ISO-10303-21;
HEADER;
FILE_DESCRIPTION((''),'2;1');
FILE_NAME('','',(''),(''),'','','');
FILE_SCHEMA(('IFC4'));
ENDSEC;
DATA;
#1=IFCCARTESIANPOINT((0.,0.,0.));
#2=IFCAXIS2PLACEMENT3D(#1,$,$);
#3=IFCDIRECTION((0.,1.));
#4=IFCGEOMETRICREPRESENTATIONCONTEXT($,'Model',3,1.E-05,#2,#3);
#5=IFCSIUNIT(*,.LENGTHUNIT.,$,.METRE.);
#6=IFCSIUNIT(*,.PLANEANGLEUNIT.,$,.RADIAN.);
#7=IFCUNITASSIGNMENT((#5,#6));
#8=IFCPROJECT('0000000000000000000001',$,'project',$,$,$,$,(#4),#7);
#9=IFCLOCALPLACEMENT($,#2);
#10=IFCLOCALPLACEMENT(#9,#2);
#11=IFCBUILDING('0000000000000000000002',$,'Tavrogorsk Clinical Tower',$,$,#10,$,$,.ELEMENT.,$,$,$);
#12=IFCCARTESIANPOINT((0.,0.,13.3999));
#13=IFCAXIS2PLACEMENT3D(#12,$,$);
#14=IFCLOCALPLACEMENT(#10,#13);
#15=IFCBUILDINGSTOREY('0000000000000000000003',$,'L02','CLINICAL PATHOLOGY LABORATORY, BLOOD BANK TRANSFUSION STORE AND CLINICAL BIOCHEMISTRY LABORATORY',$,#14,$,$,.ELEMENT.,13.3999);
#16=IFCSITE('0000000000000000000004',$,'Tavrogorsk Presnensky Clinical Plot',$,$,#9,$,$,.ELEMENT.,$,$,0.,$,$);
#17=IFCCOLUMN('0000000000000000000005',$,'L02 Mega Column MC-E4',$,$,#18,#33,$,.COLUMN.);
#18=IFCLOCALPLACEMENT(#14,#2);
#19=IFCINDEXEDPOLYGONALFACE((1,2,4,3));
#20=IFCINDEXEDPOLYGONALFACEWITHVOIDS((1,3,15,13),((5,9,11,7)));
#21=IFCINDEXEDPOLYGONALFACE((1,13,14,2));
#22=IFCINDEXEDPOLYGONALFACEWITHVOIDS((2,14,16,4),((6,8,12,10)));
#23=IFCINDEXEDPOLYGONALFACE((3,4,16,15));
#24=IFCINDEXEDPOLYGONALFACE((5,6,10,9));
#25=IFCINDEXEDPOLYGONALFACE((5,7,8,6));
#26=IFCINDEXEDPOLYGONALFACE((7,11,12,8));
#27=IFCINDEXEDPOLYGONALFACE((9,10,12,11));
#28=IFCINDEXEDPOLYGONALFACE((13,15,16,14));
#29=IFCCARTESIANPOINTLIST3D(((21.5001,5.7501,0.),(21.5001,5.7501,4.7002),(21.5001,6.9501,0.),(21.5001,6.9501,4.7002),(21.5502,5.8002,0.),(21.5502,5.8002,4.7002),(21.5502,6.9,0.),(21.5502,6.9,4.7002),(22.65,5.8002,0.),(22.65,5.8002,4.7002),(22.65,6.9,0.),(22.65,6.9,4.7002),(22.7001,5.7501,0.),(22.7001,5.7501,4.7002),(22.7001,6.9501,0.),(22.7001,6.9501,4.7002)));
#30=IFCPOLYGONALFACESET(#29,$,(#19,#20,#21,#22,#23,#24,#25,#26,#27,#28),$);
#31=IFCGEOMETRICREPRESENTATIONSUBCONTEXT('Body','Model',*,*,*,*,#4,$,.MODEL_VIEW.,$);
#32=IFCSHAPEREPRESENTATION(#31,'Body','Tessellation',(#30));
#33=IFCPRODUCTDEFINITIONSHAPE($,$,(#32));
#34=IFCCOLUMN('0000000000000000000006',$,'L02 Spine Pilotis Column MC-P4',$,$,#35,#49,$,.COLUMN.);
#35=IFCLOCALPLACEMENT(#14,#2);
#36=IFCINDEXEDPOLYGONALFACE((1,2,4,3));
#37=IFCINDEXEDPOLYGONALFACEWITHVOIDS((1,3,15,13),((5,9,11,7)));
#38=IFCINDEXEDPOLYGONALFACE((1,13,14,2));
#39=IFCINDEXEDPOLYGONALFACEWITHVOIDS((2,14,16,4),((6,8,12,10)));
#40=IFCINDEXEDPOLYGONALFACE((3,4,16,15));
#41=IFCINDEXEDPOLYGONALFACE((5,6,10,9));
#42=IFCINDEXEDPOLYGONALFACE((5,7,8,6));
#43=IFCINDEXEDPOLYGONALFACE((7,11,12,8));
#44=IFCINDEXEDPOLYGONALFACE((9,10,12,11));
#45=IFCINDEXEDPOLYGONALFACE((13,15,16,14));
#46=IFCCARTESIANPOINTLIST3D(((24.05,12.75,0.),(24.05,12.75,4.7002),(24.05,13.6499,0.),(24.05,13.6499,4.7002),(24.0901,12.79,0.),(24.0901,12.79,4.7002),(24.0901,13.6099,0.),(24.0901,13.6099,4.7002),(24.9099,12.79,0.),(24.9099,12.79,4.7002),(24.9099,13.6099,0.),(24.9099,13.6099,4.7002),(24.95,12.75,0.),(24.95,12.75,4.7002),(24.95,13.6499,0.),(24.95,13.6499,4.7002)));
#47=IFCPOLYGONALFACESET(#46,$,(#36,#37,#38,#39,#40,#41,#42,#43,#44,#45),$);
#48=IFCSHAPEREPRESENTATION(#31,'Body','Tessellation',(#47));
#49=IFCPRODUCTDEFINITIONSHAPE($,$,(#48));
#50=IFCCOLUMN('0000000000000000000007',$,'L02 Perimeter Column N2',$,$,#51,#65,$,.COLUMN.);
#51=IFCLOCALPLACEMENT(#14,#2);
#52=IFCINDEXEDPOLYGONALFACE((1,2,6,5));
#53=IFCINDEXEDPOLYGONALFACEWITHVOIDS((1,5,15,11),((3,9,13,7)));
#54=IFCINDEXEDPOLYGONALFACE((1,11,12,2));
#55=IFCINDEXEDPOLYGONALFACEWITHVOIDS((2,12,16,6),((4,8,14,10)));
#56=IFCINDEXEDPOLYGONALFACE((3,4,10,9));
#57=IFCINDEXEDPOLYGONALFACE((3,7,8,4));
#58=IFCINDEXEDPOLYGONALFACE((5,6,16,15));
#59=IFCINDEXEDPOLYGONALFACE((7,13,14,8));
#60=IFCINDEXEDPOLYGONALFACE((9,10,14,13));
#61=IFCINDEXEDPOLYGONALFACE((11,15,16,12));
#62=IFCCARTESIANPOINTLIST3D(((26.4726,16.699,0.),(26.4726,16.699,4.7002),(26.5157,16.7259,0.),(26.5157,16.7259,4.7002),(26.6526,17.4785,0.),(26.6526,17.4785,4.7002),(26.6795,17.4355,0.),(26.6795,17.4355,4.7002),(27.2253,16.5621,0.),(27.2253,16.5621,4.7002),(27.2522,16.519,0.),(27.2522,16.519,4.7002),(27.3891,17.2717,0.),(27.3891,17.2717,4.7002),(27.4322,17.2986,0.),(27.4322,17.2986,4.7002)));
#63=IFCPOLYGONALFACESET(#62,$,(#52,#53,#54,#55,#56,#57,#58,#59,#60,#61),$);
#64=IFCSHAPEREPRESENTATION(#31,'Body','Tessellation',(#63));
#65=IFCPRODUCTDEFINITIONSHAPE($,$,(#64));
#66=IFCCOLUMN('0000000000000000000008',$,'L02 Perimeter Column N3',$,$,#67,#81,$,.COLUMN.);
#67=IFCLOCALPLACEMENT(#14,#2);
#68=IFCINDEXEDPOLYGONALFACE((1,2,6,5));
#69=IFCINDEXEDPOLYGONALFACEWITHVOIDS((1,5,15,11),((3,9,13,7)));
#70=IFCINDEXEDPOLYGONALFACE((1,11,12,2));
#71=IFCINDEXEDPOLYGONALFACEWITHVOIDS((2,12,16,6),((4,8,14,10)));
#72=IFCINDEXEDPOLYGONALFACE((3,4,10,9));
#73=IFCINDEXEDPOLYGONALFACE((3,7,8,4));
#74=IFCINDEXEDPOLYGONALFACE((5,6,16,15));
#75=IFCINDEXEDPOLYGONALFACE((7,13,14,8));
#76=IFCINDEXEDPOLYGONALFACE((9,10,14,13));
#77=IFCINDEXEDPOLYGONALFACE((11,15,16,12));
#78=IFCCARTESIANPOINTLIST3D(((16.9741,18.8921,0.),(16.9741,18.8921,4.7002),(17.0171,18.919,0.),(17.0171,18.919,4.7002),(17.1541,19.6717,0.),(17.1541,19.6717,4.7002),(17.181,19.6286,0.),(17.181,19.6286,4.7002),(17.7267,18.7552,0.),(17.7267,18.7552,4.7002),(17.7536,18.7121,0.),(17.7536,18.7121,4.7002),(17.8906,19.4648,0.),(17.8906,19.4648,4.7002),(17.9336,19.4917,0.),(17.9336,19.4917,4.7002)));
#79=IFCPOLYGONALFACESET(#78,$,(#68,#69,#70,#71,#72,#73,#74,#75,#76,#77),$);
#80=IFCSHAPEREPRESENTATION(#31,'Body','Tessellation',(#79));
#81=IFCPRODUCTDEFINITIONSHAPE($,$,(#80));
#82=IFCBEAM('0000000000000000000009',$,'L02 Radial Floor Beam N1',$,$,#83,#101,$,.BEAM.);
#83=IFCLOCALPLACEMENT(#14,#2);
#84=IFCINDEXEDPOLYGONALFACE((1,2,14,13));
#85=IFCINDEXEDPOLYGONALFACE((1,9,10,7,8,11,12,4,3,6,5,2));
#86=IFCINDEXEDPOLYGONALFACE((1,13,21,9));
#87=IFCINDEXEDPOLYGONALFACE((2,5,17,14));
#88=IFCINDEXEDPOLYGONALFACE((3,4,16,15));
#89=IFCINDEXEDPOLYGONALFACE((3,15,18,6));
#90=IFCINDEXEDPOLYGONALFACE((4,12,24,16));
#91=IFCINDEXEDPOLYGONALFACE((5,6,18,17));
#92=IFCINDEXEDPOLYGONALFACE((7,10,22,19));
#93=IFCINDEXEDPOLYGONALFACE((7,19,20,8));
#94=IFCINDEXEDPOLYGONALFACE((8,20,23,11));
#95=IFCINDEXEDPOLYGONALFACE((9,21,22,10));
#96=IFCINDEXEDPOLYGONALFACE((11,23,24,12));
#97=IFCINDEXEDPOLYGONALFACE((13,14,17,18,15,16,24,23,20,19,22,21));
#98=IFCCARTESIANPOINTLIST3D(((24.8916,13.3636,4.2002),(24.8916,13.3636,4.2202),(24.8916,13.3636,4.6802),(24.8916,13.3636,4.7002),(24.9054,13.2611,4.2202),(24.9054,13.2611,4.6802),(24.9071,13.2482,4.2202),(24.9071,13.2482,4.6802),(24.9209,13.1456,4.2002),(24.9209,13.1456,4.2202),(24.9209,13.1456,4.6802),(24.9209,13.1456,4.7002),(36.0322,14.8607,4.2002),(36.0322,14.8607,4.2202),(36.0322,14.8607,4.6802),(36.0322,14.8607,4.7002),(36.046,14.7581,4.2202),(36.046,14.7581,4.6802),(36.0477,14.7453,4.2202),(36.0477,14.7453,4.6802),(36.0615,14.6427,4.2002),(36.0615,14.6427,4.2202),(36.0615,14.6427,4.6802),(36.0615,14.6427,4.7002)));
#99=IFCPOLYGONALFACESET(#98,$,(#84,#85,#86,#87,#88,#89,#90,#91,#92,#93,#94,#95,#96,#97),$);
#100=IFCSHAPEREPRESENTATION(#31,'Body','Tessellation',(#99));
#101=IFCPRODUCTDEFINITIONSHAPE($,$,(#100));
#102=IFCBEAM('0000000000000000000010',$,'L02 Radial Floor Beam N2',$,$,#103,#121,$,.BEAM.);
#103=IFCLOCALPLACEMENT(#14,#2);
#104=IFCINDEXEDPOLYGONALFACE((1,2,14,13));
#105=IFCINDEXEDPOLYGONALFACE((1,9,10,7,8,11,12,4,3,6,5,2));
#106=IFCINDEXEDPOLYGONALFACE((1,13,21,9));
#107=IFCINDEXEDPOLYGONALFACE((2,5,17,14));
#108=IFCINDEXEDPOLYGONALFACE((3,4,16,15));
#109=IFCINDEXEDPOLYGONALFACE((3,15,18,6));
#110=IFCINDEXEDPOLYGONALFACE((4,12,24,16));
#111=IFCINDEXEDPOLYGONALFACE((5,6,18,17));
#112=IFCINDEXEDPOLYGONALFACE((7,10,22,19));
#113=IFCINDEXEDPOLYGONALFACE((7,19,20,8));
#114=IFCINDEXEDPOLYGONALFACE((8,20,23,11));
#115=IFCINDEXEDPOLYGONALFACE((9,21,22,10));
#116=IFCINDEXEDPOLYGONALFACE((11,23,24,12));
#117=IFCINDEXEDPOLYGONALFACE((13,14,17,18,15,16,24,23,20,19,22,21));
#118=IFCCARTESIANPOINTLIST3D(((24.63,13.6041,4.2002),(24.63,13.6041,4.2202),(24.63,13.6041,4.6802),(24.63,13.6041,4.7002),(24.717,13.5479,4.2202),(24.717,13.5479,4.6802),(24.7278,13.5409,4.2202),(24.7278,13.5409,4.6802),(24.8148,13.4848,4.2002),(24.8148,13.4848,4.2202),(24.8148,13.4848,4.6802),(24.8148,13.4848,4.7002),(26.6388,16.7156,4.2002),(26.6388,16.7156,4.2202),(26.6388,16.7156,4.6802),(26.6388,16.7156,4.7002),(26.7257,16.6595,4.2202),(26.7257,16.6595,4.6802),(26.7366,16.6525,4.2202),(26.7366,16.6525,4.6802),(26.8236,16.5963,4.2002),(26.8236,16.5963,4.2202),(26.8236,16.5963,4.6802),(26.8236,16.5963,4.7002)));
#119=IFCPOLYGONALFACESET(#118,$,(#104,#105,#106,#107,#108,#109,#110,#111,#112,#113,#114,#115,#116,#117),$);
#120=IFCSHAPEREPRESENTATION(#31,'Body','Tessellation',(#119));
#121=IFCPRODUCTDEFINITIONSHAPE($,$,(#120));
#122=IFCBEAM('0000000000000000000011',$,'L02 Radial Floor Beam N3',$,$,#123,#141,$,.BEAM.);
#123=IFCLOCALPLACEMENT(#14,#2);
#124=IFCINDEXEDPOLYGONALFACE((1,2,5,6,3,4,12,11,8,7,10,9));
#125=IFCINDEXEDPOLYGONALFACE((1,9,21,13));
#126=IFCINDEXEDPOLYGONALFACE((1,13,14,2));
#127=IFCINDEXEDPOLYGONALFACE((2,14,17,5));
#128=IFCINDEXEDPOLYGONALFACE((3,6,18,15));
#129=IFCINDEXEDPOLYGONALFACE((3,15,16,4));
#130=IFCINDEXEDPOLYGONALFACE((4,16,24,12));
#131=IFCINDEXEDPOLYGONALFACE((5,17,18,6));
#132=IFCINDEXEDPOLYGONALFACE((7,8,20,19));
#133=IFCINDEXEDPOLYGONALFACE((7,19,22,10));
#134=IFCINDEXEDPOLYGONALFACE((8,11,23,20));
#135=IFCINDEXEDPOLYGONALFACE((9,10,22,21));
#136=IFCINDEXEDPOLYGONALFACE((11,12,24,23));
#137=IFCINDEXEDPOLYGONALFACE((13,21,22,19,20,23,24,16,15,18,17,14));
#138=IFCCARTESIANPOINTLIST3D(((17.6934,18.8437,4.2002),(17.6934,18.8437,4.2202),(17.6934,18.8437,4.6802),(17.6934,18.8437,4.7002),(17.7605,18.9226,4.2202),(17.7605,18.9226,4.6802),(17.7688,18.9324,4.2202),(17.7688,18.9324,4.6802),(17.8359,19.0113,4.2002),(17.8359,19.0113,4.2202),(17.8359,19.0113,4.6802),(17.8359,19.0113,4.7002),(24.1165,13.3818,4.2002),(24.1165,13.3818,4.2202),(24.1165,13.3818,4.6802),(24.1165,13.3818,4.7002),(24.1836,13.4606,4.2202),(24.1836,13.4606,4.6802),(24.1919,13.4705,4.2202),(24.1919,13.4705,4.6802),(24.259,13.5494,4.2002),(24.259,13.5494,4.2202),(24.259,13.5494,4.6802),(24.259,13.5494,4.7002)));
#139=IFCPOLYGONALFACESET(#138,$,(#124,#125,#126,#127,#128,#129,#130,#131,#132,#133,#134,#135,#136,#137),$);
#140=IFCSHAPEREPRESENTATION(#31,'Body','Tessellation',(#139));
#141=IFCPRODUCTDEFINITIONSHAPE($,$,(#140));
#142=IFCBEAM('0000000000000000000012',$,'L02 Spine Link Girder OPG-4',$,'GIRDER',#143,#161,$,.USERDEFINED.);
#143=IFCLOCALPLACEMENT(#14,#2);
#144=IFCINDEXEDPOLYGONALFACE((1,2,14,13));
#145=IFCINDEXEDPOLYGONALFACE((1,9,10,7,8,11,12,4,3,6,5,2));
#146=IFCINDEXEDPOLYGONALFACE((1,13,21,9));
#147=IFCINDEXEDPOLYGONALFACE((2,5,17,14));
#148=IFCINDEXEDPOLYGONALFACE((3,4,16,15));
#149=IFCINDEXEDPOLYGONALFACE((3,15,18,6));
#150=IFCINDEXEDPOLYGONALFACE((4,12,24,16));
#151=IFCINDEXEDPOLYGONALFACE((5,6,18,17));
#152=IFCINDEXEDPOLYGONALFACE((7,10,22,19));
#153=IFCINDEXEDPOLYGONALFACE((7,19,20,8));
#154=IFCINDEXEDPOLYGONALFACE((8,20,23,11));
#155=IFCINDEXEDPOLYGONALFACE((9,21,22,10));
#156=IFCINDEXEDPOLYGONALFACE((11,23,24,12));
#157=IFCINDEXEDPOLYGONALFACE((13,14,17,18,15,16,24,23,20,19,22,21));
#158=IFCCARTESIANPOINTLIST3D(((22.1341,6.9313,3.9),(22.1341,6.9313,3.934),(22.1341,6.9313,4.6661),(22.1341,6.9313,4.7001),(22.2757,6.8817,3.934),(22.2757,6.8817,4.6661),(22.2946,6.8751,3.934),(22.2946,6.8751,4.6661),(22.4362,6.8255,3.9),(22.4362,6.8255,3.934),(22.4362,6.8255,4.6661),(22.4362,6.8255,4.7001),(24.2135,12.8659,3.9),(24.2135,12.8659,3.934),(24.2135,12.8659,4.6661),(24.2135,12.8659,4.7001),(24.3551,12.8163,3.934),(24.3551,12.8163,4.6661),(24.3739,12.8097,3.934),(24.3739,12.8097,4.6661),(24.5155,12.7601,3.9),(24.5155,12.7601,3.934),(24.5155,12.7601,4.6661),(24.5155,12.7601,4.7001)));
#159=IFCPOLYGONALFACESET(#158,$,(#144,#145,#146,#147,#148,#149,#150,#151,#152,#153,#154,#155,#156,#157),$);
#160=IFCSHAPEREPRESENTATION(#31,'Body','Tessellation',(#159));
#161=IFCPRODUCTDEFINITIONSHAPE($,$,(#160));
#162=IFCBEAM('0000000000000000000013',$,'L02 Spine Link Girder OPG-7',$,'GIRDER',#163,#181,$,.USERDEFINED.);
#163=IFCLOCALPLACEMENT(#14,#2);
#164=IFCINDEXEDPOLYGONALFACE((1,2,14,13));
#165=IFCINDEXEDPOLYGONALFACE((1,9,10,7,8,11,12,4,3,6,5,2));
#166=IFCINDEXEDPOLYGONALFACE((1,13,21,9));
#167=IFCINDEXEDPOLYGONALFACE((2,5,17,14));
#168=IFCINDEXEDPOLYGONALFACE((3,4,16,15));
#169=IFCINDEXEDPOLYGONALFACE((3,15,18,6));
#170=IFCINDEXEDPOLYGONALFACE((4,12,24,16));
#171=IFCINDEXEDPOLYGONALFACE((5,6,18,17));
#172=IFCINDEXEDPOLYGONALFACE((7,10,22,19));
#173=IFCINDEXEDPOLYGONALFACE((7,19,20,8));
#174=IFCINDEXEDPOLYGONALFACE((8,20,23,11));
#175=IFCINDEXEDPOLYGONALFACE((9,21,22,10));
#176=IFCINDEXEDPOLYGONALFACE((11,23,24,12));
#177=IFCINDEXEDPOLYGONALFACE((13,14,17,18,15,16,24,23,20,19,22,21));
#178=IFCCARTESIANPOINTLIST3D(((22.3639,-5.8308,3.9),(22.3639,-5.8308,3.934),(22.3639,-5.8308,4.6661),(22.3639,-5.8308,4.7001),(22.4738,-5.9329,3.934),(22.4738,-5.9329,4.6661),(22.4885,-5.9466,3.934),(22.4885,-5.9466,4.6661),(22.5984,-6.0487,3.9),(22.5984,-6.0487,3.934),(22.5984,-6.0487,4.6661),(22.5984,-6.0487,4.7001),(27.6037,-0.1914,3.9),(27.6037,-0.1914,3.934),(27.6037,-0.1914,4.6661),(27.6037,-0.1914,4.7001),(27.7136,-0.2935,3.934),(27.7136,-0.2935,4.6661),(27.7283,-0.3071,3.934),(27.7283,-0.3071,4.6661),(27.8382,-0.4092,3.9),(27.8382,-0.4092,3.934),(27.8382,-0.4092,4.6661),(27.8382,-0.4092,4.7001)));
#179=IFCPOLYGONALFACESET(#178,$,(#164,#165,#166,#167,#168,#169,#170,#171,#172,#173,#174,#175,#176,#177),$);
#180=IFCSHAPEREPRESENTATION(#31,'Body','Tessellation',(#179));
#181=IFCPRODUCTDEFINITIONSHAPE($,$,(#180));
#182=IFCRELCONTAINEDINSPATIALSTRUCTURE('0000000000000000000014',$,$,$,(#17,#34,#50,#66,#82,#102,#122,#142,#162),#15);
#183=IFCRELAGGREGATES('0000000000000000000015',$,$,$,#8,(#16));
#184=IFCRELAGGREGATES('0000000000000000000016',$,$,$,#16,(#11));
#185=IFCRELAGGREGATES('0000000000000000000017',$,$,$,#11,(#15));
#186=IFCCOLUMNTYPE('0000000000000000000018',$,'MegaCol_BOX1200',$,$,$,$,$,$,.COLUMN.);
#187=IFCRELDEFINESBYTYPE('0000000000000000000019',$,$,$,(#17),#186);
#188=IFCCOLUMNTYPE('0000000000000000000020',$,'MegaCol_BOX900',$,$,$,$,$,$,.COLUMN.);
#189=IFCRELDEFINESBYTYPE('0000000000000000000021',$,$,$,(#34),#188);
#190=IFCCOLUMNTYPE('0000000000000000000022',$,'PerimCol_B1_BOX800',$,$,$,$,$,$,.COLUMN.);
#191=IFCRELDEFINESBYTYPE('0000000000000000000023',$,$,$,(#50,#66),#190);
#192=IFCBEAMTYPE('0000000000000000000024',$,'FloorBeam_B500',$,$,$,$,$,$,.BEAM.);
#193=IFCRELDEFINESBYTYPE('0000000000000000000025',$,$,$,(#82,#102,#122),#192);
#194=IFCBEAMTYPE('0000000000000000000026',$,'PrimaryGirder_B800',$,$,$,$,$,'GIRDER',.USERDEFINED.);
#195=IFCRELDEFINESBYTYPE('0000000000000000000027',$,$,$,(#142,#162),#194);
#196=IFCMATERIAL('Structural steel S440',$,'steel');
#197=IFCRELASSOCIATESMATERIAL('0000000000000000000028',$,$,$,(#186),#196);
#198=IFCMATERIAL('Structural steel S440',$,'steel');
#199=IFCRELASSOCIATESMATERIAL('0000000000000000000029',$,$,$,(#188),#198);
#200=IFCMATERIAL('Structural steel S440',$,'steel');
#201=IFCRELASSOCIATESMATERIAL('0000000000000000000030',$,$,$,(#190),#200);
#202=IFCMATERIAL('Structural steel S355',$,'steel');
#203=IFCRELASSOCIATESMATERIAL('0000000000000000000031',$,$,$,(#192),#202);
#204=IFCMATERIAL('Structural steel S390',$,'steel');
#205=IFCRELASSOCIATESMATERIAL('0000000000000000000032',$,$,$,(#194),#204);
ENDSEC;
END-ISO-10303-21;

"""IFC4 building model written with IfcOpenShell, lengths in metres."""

from ifc_helpers import new_model, si_unit, direction, frame, origin, origin_2d, place, context, subcontext, project, spatial, hollow_rectangle, i_section, extrude, material, material_profile, profile_set, type_object, element, save


model = new_model("IFC4")

# Units and contexts
model_context = context("Model", 3, precision=1e-05, world=origin(), true_north=direction((0.0, 1.0)))
body_context = subcontext(model_context, "Body", "Model", "MODEL_VIEW")
ifc_project = project(units=[si_unit("LENGTHUNIT", "METRE"), si_unit("PLANEANGLEUNIT", "RADIAN")], contexts=[model_context])

# Site, building, storey
site_placement = place(None, origin())
site = spatial("IfcSite", under=ifc_project, at=site_placement, Name="Tavrogorsk Presnensky Clinical Plot", CompositionType="ELEMENT", RefElevation=0.0)
building_placement = place(site_placement, origin())
building = spatial("IfcBuilding", under=site, at=building_placement, Name="Tavrogorsk Clinical Tower", CompositionType="ELEMENT")
storey_placement = place(building_placement, frame((0.0, 0.0, 13.3999)))
storey = spatial("IfcBuildingStorey", under=building, at=storey_placement, Name="L02", Description="CLINICAL PATHOLOGY LABORATORY, BLOOD BANK TRANSFUSION STORE AND CLINICAL BIOCHEMISTRY LABORATORY", CompositionType="ELEMENT", Elevation=13.3999)

# Columns
ifc_material_1 = material(Name="Structural steel S440", Category="steel")
ifc_material_profile_1 = material_profile(ifc_material_1, hollow_rectangle(XDim=1.2, YDim=1.2, WallThickness=0.05, at=origin_2d()), Name="BOX-1200x1200x50")
ifc_profile_set_1 = profile_set([ifc_material_profile_1], Name="Structural steel S440")
column_type_1 = type_object("IfcColumnType", Name="MegaCol_BOX1200", PredefinedType="COLUMN", material=ifc_profile_set_1)
column_1_placement = place(storey_placement, frame((22.1001, 6.3501, 0.0), z_axis=(0.0, 0.0, 1.0), x_axis=(1.0, 0.0, 0.0)))
element("IfcColumn", 1, at=column_1_placement, inside=storey, type_object=column_type_1, Name="L02 Mega Column MC-E4", PredefinedType="COLUMN", context=body_context, shape_type="SweptSolid", body=[
    extrude(hollow_rectangle(XDim=1.2, YDim=1.2, WallThickness=0.05, at=origin_2d()), origin(), (0.0, 0.0, 1.0), 4.7002),
])
ifc_material_2 = material(Name="Structural steel S440", Category="steel")
ifc_material_profile_2 = material_profile(ifc_material_2, hollow_rectangle(XDim=0.8999, YDim=0.8999, WallThickness=0.04, at=origin_2d()), Name="BOX-900x900x40")
ifc_profile_set_2 = profile_set([ifc_material_profile_2], Name="Structural steel S440")
column_type_2 = type_object("IfcColumnType", Name="MegaCol_BOX900", PredefinedType="COLUMN", material=ifc_profile_set_2)
column_2_placement = place(storey_placement, frame((24.5, 13.2, 0.0), z_axis=(0.0, 0.0, 1.0), x_axis=(1.0, 0.0, 0.0)))
element("IfcColumn", 2, at=column_2_placement, inside=storey, type_object=column_type_2, Name="L02 Spine Pilotis Column MC-P4", PredefinedType="COLUMN", context=body_context, shape_type="SweptSolid", body=[
    extrude(hollow_rectangle(XDim=0.8999, YDim=0.8999, WallThickness=0.04, at=origin_2d()), origin(), (0.0, 0.0, 1.0), 4.7002),
])
ifc_material_3 = material(Name="Structural steel S440", Category="steel")
ifc_material_profile_3 = material_profile(ifc_material_3, hollow_rectangle(XDim=0.8, YDim=0.8, WallThickness=0.0359, at=origin_2d()), Name="BOX-800x800x36")
ifc_profile_set_3 = profile_set([ifc_material_profile_3], Name="Structural steel S440")
column_type_3 = type_object("IfcColumnType", Name="PerimCol_B1_BOX800", PredefinedType="COLUMN", material=ifc_profile_set_3)
for number, where, z_axis, x_axis, name in (
    (3, (26.9524, 16.9988, 0.0), (0.0, 0.0, 1.0), (0.97437, -0.224951, 0.0), "L02 Perimeter Column N2"),
    (4, (17.4539, 19.1919, 0.0), (0.0, 0.0, 1.0), (0.97437, -0.224951, 0.0), "L02 Perimeter Column N3"),
):
    element("IfcColumn", number, at=place(storey_placement, frame(where, z_axis=z_axis, x_axis=x_axis)), inside=storey, type_object=column_type_3, Name=name, PredefinedType="COLUMN", context=body_context, shape_type="SweptSolid", body=[
        extrude(hollow_rectangle(XDim=0.8, YDim=0.8, WallThickness=0.0359, at=origin_2d()), origin(), (0.0, 0.0, 1.0), 4.7002),
    ])

# Beams
ifc_material_4 = material(Name="Structural steel S355", Category="steel")
ifc_material_profile_4 = material_profile(ifc_material_4, i_section(OverallWidth=0.22, OverallDepth=0.5, WebThickness=0.0129, FlangeThickness=0.02, at=origin_2d()), Name="B-500x220x13x20")
ifc_profile_set_4 = profile_set([ifc_material_profile_4], Name="Structural steel S355")
beam_type_1 = type_object("IfcBeamType", Name="FloorBeam_B500", PredefinedType="BEAM", material=ifc_profile_set_4)
beam_1_placement = place(storey_placement, frame((24.9062, 13.2546, 4.4502), z_axis=(0.991092, 0.133182, 0.0), x_axis=(-0.133182, 0.991092, 0.0)))
element("IfcBeam", 5, at=beam_1_placement, inside=storey, type_object=beam_type_1, Name="L02 Radial Floor Beam N1", PredefinedType="BEAM", context=body_context, shape_type="SweptSolid", body=[
    extrude(i_section(OverallWidth=0.22, OverallDepth=0.5, WebThickness=0.0129, FlangeThickness=0.02, at=origin_2d()), origin(), (0.0, 0.0, 1.0), 11.2407),
])
beam_2_placement = place(storey_placement, frame((24.7224, 13.5444, 4.4502), z_axis=(0.542379, 0.840134, 0.0), x_axis=(-0.840134, 0.542379, 0.0)))
element("IfcBeam", 6, at=beam_2_placement, inside=storey, type_object=beam_type_1, Name="L02 Radial Floor Beam N2", PredefinedType="BEAM", context=body_context, shape_type="SweptSolid", body=[
    extrude(i_section(OverallWidth=0.22, OverallDepth=0.5, WebThickness=0.0129, FlangeThickness=0.02, at=origin_2d()), origin(), (0.0, 0.0, 1.0), 3.7036),
])
beam_3_placement = place(storey_placement, frame((24.1877, 13.4656, 4.4502), z_axis=(-0.761806, 0.647806, 0.0), x_axis=(-0.647806, -0.761806, 0.0)))
element("IfcBeam", 7, at=beam_3_placement, inside=storey, type_object=beam_type_1, Name="L02 Radial Floor Beam N3", PredefinedType="BEAM", context=body_context, shape_type="SweptSolid", body=[
    extrude(i_section(OverallWidth=0.22, OverallDepth=0.5, WebThickness=0.0129, FlangeThickness=0.02, at=origin_2d()), origin(), (0.0, 0.0, 1.0), 8.4314),
])
ifc_material_5 = material(Name="Structural steel S390", Category="steel")
ifc_material_profile_5 = material_profile(ifc_material_5, i_section(OverallWidth=0.3201, OverallDepth=0.8, WebThickness=0.02, FlangeThickness=0.0339, at=origin_2d()), Name="B-800x320x20x34")
ifc_profile_set_5 = profile_set([ifc_material_profile_5], Name="Structural steel S390")
beam_type_2 = type_object("IfcBeamType", Name="PrimaryGirder_B800", ElementType="GIRDER", PredefinedType="USERDEFINED", material=ifc_profile_set_5)
beam_4_placement = place(storey_placement, frame((24.3645, 12.813, 4.3), z_axis=(-0.330669, -0.943747, 0.0), x_axis=(0.943747, -0.330669, 0.0)))
element("IfcBeam", 8, at=beam_4_placement, inside=storey, type_object=beam_type_2, Name="L02 Spine Link Girder OPG-4", ObjectType="GIRDER", PredefinedType="USERDEFINED", context=body_context, shape_type="SweptSolid", body=[
    extrude(i_section(OverallWidth=0.3201, OverallDepth=0.8, WebThickness=0.02, FlangeThickness=0.0339, at=origin_2d()), origin(), (0.0, 0.0, 1.0), 6.2883),
])
for number, where, z_axis, x_axis, name in (
    (9, (27.7209, -0.3003, 4.3), (-0.680671, -0.732589, 0.0), (0.732589, -0.680671, 0.0), "L02 Spine Link Girder OPG-7"),
):
    element("IfcBeam", number, at=place(storey_placement, frame(where, z_axis=z_axis, x_axis=x_axis)), inside=storey, type_object=beam_type_2, Name=name, ObjectType="GIRDER", PredefinedType="USERDEFINED", context=body_context, shape_type="SweptSolid", body=[
        extrude(i_section(OverallWidth=0.3201, OverallDepth=0.8, WebThickness=0.02, FlangeThickness=0.0339, at=origin_2d()), origin(), (0.0, 0.0, 1.0), 7.698),
    ])

save(model, "model.ifc")
